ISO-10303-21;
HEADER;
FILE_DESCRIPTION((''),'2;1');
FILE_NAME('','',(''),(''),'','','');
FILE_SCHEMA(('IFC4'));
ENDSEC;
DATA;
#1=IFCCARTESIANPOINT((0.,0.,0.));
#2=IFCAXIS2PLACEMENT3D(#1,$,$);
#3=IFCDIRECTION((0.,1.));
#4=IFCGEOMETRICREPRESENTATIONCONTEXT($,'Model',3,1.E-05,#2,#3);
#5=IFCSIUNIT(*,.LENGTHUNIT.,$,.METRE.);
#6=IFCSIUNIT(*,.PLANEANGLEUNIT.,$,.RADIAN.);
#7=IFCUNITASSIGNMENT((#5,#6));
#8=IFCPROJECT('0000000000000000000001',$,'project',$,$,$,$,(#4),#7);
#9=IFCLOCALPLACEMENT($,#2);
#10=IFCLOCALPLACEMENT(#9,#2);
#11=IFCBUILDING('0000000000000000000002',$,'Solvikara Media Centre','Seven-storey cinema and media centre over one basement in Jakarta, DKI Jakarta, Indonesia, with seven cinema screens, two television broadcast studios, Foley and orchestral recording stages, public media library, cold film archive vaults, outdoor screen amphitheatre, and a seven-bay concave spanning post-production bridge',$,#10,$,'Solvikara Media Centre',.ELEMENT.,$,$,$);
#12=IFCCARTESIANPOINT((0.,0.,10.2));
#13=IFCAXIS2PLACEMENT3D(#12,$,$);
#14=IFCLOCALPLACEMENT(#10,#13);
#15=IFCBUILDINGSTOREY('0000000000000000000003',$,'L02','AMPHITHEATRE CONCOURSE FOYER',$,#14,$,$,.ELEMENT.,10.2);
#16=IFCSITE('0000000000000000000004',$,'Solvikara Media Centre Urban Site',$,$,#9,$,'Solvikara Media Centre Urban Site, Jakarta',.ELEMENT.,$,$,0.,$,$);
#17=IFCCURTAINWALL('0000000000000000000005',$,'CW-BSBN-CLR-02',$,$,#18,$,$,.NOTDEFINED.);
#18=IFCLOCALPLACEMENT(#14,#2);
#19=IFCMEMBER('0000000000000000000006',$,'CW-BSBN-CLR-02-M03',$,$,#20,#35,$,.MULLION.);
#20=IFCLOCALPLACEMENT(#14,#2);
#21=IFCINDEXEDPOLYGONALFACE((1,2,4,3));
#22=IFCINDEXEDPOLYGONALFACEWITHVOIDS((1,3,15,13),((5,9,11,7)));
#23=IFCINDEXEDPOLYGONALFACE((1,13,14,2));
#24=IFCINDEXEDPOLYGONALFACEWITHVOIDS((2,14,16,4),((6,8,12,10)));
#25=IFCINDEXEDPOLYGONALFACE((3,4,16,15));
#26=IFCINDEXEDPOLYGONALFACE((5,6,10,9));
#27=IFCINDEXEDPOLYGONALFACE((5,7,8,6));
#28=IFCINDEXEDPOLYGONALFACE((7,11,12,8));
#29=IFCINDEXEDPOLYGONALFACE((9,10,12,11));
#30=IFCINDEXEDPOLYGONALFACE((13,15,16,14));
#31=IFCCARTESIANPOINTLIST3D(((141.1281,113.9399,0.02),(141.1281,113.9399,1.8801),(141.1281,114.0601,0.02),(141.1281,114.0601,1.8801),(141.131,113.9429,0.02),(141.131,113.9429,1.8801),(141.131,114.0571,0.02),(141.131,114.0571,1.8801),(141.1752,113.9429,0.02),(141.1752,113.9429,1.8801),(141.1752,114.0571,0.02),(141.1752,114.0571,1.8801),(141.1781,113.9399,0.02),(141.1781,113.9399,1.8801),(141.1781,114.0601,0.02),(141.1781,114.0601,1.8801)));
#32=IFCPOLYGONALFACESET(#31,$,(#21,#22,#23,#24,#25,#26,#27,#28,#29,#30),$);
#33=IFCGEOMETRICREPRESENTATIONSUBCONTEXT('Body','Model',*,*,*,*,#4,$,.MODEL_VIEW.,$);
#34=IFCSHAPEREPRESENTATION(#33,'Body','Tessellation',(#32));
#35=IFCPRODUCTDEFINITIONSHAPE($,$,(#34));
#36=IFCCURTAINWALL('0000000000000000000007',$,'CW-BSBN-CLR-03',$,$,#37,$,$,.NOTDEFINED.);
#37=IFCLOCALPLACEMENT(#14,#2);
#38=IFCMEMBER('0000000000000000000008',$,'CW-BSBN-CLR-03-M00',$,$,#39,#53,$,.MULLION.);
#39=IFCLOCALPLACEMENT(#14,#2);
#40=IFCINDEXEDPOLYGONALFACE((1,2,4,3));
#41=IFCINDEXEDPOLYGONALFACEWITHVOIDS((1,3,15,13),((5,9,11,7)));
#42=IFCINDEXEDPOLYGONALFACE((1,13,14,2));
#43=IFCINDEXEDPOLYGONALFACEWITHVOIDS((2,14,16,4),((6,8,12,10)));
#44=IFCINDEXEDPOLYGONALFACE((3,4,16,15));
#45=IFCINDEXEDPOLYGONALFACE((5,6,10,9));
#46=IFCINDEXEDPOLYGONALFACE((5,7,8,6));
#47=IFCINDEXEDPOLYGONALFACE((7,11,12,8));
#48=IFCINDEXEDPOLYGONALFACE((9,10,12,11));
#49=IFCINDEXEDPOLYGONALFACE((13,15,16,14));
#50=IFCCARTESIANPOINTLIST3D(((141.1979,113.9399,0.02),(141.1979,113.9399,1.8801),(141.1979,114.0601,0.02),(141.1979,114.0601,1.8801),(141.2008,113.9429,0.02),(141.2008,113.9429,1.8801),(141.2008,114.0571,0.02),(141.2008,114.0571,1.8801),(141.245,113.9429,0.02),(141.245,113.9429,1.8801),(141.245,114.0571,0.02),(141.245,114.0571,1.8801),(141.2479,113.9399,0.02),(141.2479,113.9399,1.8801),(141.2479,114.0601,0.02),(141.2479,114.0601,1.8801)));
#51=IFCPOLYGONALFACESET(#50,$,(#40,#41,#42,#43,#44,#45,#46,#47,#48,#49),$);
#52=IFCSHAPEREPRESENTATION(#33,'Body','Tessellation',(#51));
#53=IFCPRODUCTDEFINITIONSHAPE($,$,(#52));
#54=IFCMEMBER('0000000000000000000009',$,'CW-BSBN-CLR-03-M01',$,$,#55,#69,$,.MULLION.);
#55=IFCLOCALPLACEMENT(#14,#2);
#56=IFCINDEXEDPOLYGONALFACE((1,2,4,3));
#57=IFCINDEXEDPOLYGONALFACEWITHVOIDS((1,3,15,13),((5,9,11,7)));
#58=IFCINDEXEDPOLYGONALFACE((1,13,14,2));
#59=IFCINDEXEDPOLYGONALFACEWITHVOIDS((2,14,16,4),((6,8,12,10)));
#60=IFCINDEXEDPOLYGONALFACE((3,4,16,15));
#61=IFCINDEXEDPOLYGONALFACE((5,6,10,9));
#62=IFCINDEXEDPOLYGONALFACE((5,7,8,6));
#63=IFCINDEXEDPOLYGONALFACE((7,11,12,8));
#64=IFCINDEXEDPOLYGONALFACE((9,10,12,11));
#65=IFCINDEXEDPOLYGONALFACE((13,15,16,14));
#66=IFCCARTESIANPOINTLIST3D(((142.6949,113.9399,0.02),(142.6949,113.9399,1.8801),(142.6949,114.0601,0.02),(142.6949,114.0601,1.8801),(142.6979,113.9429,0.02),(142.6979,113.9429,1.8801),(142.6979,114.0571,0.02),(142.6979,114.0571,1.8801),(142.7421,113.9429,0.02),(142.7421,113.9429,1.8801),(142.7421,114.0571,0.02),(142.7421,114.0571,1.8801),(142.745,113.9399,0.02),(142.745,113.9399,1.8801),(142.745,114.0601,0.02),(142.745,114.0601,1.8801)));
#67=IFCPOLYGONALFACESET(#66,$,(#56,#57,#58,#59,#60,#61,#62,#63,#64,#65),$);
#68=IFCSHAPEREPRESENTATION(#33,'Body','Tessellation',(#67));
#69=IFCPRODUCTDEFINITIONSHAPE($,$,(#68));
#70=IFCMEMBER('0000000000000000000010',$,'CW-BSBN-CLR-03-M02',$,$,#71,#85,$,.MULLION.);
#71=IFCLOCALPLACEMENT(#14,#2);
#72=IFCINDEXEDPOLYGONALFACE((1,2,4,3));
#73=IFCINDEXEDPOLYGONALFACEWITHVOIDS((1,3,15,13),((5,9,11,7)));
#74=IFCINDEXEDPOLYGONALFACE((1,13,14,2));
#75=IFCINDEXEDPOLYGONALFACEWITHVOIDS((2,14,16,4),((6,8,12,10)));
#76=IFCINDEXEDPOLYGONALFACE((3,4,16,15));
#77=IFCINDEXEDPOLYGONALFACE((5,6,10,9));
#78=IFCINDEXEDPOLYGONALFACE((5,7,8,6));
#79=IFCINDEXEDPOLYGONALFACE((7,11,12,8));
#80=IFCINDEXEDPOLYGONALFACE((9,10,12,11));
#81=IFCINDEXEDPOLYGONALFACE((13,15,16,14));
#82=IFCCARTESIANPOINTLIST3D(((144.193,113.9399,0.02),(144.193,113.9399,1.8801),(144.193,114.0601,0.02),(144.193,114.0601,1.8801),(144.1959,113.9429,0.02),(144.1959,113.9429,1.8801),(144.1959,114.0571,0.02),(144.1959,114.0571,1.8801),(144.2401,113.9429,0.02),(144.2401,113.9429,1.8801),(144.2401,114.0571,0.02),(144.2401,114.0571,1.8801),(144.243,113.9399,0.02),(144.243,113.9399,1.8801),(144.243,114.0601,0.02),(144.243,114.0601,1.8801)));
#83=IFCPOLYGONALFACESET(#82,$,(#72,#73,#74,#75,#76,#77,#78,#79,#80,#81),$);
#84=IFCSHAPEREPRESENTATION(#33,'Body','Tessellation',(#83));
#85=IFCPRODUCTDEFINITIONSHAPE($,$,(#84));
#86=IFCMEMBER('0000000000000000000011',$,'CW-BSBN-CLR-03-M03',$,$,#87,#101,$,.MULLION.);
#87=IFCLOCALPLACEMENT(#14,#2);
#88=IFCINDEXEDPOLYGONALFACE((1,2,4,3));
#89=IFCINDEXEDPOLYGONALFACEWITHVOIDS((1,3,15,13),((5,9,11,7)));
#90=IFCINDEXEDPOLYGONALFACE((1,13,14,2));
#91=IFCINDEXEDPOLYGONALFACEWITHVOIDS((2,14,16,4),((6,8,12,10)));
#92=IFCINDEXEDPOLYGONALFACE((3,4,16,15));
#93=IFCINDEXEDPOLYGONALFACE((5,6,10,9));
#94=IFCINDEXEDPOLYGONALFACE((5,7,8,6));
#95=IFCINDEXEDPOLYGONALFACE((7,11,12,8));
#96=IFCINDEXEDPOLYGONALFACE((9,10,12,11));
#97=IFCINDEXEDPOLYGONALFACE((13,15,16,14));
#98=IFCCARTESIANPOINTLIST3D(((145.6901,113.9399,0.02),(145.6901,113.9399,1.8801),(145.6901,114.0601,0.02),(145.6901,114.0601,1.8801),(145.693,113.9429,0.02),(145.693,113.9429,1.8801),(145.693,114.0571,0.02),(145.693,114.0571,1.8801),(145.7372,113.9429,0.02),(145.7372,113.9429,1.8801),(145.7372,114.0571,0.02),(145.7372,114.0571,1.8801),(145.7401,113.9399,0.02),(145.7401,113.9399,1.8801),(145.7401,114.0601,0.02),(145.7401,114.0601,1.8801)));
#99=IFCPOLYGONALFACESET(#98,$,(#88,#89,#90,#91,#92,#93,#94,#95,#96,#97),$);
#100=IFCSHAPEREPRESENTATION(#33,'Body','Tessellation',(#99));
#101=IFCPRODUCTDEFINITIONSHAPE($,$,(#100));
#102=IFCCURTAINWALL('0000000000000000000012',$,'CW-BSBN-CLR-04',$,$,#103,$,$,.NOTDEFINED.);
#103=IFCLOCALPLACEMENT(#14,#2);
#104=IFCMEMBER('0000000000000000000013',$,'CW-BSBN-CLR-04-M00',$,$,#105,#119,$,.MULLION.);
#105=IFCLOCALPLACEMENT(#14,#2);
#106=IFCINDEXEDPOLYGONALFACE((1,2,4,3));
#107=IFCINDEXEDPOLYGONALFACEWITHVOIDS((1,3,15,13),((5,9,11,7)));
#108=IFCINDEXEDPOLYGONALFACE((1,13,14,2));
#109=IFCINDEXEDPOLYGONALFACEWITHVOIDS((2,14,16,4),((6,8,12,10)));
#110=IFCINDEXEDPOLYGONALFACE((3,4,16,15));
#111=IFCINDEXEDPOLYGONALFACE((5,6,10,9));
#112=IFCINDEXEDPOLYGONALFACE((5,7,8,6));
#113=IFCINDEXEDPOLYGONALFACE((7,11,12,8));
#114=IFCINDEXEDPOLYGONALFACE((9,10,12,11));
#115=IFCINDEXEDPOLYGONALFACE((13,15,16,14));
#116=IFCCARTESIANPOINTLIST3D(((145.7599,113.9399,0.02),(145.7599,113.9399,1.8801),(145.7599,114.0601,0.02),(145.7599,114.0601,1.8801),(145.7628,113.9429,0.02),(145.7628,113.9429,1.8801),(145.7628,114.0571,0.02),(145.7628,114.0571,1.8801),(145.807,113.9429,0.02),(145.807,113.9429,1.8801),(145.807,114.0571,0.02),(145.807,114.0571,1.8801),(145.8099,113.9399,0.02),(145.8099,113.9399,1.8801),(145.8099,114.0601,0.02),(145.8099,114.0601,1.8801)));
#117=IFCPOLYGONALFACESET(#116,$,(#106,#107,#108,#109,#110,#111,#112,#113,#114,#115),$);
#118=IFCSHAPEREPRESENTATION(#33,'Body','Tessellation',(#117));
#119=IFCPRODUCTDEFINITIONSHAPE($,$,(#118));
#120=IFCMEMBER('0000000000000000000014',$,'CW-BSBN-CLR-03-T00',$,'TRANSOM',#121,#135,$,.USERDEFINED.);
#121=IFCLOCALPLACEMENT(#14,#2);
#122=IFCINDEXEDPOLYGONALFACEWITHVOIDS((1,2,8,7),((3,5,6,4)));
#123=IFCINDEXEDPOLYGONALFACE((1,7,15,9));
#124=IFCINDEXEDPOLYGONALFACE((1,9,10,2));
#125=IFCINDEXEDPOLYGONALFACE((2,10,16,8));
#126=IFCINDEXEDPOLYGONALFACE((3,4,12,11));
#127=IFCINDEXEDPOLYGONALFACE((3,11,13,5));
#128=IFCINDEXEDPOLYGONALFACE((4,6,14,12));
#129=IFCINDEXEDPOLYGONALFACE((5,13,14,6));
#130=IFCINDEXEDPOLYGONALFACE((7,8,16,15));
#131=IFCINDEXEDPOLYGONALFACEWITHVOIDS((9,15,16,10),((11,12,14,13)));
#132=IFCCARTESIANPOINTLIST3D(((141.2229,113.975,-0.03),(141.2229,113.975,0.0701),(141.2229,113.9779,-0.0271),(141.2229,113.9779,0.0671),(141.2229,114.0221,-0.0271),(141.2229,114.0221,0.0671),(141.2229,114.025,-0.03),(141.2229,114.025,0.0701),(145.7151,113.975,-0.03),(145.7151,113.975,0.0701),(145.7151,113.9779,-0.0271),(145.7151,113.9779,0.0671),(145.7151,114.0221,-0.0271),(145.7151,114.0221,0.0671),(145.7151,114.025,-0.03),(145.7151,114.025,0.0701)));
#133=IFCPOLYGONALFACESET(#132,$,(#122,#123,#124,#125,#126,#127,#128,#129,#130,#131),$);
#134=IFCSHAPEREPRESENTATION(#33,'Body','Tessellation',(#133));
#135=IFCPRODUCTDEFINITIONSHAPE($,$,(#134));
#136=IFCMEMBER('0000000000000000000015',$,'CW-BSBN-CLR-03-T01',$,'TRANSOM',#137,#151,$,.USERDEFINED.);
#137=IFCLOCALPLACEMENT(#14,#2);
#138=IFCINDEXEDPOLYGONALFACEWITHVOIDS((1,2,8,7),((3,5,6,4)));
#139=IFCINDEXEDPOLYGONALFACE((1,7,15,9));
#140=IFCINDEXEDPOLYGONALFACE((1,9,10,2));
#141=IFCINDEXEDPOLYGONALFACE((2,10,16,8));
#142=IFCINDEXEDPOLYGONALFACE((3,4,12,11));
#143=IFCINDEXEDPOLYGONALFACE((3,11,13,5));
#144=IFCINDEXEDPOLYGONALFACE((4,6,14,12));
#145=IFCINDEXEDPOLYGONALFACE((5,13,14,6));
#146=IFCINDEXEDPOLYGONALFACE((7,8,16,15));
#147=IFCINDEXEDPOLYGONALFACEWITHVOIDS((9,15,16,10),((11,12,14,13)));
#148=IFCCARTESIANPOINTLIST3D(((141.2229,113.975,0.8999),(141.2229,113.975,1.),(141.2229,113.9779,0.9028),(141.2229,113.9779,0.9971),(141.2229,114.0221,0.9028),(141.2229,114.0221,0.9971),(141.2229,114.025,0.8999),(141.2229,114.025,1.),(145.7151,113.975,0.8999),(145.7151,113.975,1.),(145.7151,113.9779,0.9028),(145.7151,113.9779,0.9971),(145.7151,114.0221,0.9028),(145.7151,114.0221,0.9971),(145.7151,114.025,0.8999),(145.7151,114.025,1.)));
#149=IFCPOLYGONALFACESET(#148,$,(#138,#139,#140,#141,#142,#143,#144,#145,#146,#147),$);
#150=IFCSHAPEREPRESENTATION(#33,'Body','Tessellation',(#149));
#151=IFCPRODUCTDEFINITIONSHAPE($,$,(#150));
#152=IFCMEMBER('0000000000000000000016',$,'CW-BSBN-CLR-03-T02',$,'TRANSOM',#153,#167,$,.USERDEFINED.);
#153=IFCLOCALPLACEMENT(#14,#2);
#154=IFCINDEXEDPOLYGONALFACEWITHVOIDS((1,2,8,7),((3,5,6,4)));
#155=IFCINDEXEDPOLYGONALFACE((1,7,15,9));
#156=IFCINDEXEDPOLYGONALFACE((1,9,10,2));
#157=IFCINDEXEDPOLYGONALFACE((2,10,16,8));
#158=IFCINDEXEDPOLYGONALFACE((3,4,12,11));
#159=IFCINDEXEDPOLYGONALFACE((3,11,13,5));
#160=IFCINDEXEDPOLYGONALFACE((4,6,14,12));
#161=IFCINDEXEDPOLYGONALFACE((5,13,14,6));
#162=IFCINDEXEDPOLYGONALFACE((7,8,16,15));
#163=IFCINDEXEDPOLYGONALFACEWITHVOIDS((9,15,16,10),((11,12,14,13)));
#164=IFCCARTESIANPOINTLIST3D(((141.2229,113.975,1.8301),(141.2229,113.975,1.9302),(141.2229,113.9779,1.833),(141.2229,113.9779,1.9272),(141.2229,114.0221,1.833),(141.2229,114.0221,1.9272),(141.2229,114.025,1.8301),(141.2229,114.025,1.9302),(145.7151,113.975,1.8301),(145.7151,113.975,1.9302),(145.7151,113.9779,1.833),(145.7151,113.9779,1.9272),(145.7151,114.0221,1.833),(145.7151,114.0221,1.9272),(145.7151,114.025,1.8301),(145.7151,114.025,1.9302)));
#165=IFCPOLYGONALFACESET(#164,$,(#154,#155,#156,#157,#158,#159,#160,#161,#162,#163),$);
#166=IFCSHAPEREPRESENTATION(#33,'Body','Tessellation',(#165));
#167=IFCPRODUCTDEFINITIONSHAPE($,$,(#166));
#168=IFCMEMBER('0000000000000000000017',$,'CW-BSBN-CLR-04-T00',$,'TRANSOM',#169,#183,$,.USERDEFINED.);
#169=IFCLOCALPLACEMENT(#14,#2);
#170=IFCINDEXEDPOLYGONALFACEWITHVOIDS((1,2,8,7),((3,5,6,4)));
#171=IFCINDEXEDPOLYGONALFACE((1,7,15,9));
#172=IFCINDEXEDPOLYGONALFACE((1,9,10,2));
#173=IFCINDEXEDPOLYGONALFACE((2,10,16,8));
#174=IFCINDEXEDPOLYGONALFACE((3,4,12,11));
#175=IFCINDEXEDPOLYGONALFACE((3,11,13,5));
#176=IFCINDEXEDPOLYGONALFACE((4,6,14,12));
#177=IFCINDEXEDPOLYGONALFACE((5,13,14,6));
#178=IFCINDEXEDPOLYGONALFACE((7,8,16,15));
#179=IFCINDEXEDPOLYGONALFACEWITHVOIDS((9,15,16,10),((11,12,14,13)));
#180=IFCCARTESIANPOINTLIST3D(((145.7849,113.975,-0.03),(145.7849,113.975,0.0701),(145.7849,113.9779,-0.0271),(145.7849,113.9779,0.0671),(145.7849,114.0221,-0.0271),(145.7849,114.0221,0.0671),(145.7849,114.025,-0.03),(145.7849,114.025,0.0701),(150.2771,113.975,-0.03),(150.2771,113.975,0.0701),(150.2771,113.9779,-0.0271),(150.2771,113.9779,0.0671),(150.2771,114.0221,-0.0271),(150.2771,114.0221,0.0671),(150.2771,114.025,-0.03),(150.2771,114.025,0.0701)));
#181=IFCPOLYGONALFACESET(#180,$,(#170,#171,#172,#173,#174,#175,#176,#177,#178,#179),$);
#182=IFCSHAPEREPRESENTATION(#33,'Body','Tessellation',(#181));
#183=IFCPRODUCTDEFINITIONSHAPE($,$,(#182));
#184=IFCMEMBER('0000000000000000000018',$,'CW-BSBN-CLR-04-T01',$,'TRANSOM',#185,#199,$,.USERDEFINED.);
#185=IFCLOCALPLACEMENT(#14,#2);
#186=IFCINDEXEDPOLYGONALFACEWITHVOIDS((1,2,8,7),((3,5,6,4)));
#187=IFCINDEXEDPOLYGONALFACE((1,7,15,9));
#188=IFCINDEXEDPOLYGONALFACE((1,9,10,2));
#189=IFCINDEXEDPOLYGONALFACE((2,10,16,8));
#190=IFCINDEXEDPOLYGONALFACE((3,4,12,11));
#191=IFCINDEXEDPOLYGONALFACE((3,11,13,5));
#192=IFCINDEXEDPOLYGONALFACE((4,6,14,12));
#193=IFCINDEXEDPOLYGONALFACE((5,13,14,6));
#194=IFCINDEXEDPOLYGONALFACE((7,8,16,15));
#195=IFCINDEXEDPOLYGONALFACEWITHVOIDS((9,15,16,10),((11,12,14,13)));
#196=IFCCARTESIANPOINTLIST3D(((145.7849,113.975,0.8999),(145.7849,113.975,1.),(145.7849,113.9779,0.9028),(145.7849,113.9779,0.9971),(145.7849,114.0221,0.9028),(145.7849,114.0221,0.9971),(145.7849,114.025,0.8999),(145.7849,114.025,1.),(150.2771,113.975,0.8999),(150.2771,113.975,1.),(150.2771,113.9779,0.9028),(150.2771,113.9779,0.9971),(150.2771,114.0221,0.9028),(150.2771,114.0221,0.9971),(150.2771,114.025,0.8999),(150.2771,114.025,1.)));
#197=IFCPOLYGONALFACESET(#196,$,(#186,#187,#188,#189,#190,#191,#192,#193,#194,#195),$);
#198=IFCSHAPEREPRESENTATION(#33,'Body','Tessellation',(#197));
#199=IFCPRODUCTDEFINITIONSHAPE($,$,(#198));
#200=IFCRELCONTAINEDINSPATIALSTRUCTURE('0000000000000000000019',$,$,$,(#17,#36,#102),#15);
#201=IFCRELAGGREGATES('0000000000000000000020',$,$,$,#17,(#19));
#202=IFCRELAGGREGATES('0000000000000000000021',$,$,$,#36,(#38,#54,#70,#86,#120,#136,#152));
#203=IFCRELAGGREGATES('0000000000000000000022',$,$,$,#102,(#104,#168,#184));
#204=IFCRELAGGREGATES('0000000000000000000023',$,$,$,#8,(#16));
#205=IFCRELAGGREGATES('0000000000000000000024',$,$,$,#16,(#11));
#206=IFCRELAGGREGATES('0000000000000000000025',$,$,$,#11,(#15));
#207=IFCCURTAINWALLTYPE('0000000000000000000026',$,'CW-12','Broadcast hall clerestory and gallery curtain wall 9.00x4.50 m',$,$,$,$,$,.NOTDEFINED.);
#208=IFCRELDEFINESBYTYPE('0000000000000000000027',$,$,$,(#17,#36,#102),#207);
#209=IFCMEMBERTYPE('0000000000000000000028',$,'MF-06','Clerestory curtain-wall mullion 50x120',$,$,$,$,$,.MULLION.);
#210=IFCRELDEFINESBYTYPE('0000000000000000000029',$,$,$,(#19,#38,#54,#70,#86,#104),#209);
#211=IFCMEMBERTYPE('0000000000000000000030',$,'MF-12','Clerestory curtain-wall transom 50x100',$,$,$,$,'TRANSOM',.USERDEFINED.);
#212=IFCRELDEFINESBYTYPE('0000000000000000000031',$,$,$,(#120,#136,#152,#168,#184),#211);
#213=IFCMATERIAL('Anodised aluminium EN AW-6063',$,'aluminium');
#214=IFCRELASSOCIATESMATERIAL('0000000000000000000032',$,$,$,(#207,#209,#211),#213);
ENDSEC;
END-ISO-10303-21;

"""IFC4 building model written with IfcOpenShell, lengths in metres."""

from ifc_helpers import new_model, si_unit, direction, frame, origin, origin_2d, place, context, subcontext, project, spatial, hollow_rectangle, extrude, material, material_profile, profile_set, type_object, element, aggregate, save


model = new_model("IFC4")

# Units and contexts
model_context = context("Model", 3, precision=1e-05, world=origin(), true_north=direction((0.0, 1.0)))
body_context = subcontext(model_context, "Body", "Model", "MODEL_VIEW")
ifc_project = project(units=[si_unit("LENGTHUNIT", "METRE"), si_unit("PLANEANGLEUNIT", "RADIAN")], contexts=[model_context])

# Site, building, storey
site_placement = place(None, origin())
site = spatial("IfcSite", under=ifc_project, at=site_placement, Name="Solvikara Media Centre Urban Site", LongName="Solvikara Media Centre Urban Site, Jakarta", CompositionType="ELEMENT", RefElevation=0.0)
building_placement = place(site_placement, origin())
building = spatial("IfcBuilding", under=site, at=building_placement, Name="Solvikara Media Centre", Description="Seven-storey cinema and media centre over one basement in Jakarta, DKI Jakarta, Indonesia, with seven cinema screens, two television broadcast studios, Foley and orchestral recording stages, public media library, cold film archive vaults, outdoor screen amphitheatre, and a seven-bay concave spanning post-production bridge", LongName="Solvikara Media Centre", CompositionType="ELEMENT")
storey_placement = place(building_placement, frame((0.0, 0.0, 10.2)))
storey = spatial("IfcBuildingStorey", under=building, at=storey_placement, Name="L02", Description="AMPHITHEATRE CONCOURSE FOYER", CompositionType="ELEMENT", Elevation=10.2)

# Curtain wall, member
ifc_material_1 = material(Name="Anodised aluminium EN AW-6063", Category="aluminium")
curtain_wall_type = type_object("IfcCurtainWallType", Name="CW-12", Description="Broadcast hall clerestory and gallery curtain wall 9.00x4.50 m", PredefinedType="NOTDEFINED", material=ifc_material_1)
curtain_wall_1_placement = place(storey_placement, origin())
curtain_wall_1 = element("IfcCurtainWall", 1, at=curtain_wall_1_placement, inside=storey, type_object=curtain_wall_type, Name="CW-BSBN-CLR-02", PredefinedType="NOTDEFINED")
ifc_material_profile_1 = material_profile(ifc_material_1, hollow_rectangle(XDim=0.05, YDim=0.1201, WallThickness=0.0029, at=origin_2d()), Name="ALU-M 50x120x3")
ifc_profile_set_1 = profile_set([ifc_material_profile_1], Name="Anodised aluminium EN AW-6063")
member_type_1 = type_object("IfcMemberType", Name="MF-06", Description="Clerestory curtain-wall mullion 50x120", PredefinedType="MULLION", material=ifc_profile_set_1)
member_1_placement = place(storey_placement, frame((141.1531, 114.0, 0.02), z_axis=(0.0, 0.0, 1.0), x_axis=(1.0, 0.0, 0.0)))
member_1 = element("IfcMember", 2, at=member_1_placement, type_object=member_type_1, Name="CW-BSBN-CLR-02-M03", PredefinedType="MULLION", context=body_context, shape_type="SweptSolid", body=[
    extrude(hollow_rectangle(XDim=0.05, YDim=0.1201, WallThickness=0.0029, at=origin_2d()), origin(), (0.0, 0.0, 1.0), 1.8601),
])

# Curtain wall, members
curtain_wall_2_placement = place(storey_placement, origin())
curtain_wall_2 = element("IfcCurtainWall", 3, at=curtain_wall_2_placement, inside=storey, type_object=curtain_wall_type, Name="CW-BSBN-CLR-03", PredefinedType="NOTDEFINED")
member_2_placement = place(storey_placement, frame((141.2229, 114.0, 0.02), z_axis=(0.0, 0.0, 1.0), x_axis=(1.0, 0.0, 0.0)))
member_2 = element("IfcMember", 4, at=member_2_placement, type_object=member_type_1, Name="CW-BSBN-CLR-03-M00", PredefinedType="MULLION", context=body_context, shape_type="SweptSolid", body=[
    extrude(hollow_rectangle(XDim=0.05, YDim=0.1201, WallThickness=0.0029, at=origin_2d()), origin(), (0.0, 0.0, 1.0), 1.8601),
])
member_3_placement = place(storey_placement, frame((142.72, 114.0, 0.02), z_axis=(0.0, 0.0, 1.0), x_axis=(1.0, 0.0, 0.0)))
member_3 = element("IfcMember", 5, at=member_3_placement, type_object=member_type_1, Name="CW-BSBN-CLR-03-M01", PredefinedType="MULLION", context=body_context, shape_type="SweptSolid", body=[
    extrude(hollow_rectangle(XDim=0.05, YDim=0.1201, WallThickness=0.0029, at=origin_2d()), origin(), (0.0, 0.0, 1.0), 1.8601),
])
member_4_placement = place(storey_placement, frame((144.218, 114.0, 0.02), z_axis=(0.0, 0.0, 1.0), x_axis=(1.0, 0.0, 0.0)))
member_4 = element("IfcMember", 6, at=member_4_placement, type_object=member_type_1, Name="CW-BSBN-CLR-03-M02", PredefinedType="MULLION", context=body_context, shape_type="SweptSolid", body=[
    extrude(hollow_rectangle(XDim=0.05, YDim=0.1201, WallThickness=0.0029, at=origin_2d()), origin(), (0.0, 0.0, 1.0), 1.8601),
])
member_5_placement = place(storey_placement, frame((145.7151, 114.0, 0.02), z_axis=(0.0, 0.0, 1.0), x_axis=(1.0, 0.0, 0.0)))
member_5 = element("IfcMember", 7, at=member_5_placement, type_object=member_type_1, Name="CW-BSBN-CLR-03-M03", PredefinedType="MULLION", context=body_context, shape_type="SweptSolid", body=[
    extrude(hollow_rectangle(XDim=0.05, YDim=0.1201, WallThickness=0.0029, at=origin_2d()), origin(), (0.0, 0.0, 1.0), 1.8601),
])

# Curtain wall, member
curtain_wall_3_placement = place(storey_placement, origin())
curtain_wall_3 = element("IfcCurtainWall", 8, at=curtain_wall_3_placement, inside=storey, type_object=curtain_wall_type, Name="CW-BSBN-CLR-04", PredefinedType="NOTDEFINED")
member_6_placement = place(storey_placement, frame((145.7849, 114.0, 0.02), z_axis=(0.0, 0.0, 1.0), x_axis=(1.0, 0.0, 0.0)))
member_6 = element("IfcMember", 9, at=member_6_placement, type_object=member_type_1, Name="CW-BSBN-CLR-04-M00", PredefinedType="MULLION", context=body_context, shape_type="SweptSolid", body=[
    extrude(hollow_rectangle(XDim=0.05, YDim=0.1201, WallThickness=0.0029, at=origin_2d()), origin(), (0.0, 0.0, 1.0), 1.8601),
])

# Members
ifc_material_profile_2 = material_profile(ifc_material_1, hollow_rectangle(XDim=0.05, YDim=0.1001, WallThickness=0.0029, at=origin_2d()), Name="ALU-T 50x100x3")
ifc_profile_set_2 = profile_set([ifc_material_profile_2], Name="Anodised aluminium EN AW-6063")
member_type_2 = type_object("IfcMemberType", Name="MF-12", Description="Clerestory curtain-wall transom 50x100", ElementType="TRANSOM", PredefinedType="USERDEFINED", material=ifc_profile_set_2)
member_7_placement = place(storey_placement, frame((141.2229, 114.0, 0.02), z_axis=(1.0, 0.0, 0.0), x_axis=(0.0, 1.0, 0.0)))
member_7 = element("IfcMember", 10, at=member_7_placement, type_object=member_type_2, Name="CW-BSBN-CLR-03-T00", ObjectType="TRANSOM", PredefinedType="USERDEFINED", context=body_context, shape_type="SweptSolid", body=[
    extrude(hollow_rectangle(XDim=0.05, YDim=0.1001, WallThickness=0.0029, at=origin_2d()), origin(), (0.0, 0.0, 1.0), 4.4922),
])
member_8_placement = place(storey_placement, frame((141.2229, 114.0, 0.95), z_axis=(1.0, 0.0, 0.0), x_axis=(0.0, 1.0, 0.0)))
member_8 = element("IfcMember", 11, at=member_8_placement, type_object=member_type_2, Name="CW-BSBN-CLR-03-T01", ObjectType="TRANSOM", PredefinedType="USERDEFINED", context=body_context, shape_type="SweptSolid", body=[
    extrude(hollow_rectangle(XDim=0.05, YDim=0.1001, WallThickness=0.0029, at=origin_2d()), origin(), (0.0, 0.0, 1.0), 4.4922),
])
member_9_placement = place(storey_placement, frame((141.2229, 114.0, 1.8801), z_axis=(1.0, 0.0, 0.0), x_axis=(0.0, 1.0, 0.0)))
member_9 = element("IfcMember", 12, at=member_9_placement, type_object=member_type_2, Name="CW-BSBN-CLR-03-T02", ObjectType="TRANSOM", PredefinedType="USERDEFINED", context=body_context, shape_type="SweptSolid", body=[
    extrude(hollow_rectangle(XDim=0.05, YDim=0.1001, WallThickness=0.0029, at=origin_2d()), origin(), (0.0, 0.0, 1.0), 4.4922),
])
member_10_placement = place(storey_placement, frame((145.7849, 114.0, 0.02), z_axis=(1.0, 0.0, 0.0), x_axis=(0.0, 1.0, 0.0)))
member_10 = element("IfcMember", 13, at=member_10_placement, type_object=member_type_2, Name="CW-BSBN-CLR-04-T00", ObjectType="TRANSOM", PredefinedType="USERDEFINED", context=body_context, shape_type="SweptSolid", body=[
    extrude(hollow_rectangle(XDim=0.05, YDim=0.1001, WallThickness=0.0029, at=origin_2d()), origin(), (0.0, 0.0, 1.0), 4.4922),
])
member_11_placement = place(storey_placement, frame((145.7849, 114.0, 0.95), z_axis=(1.0, 0.0, 0.0), x_axis=(0.0, 1.0, 0.0)))
member_11 = element("IfcMember", 14, at=member_11_placement, type_object=member_type_2, Name="CW-BSBN-CLR-04-T01", ObjectType="TRANSOM", PredefinedType="USERDEFINED", context=body_context, shape_type="SweptSolid", body=[
    extrude(hollow_rectangle(XDim=0.05, YDim=0.1001, WallThickness=0.0029, at=origin_2d()), origin(), (0.0, 0.0, 1.0), 4.4922),
])

aggregate(curtain_wall_1, [member_1])
aggregate(curtain_wall_2, [member_2, member_3, member_4, member_5, member_7, member_8, member_9])
aggregate(curtain_wall_3, [member_6, member_10, member_11])

save(model, "model.ifc")
